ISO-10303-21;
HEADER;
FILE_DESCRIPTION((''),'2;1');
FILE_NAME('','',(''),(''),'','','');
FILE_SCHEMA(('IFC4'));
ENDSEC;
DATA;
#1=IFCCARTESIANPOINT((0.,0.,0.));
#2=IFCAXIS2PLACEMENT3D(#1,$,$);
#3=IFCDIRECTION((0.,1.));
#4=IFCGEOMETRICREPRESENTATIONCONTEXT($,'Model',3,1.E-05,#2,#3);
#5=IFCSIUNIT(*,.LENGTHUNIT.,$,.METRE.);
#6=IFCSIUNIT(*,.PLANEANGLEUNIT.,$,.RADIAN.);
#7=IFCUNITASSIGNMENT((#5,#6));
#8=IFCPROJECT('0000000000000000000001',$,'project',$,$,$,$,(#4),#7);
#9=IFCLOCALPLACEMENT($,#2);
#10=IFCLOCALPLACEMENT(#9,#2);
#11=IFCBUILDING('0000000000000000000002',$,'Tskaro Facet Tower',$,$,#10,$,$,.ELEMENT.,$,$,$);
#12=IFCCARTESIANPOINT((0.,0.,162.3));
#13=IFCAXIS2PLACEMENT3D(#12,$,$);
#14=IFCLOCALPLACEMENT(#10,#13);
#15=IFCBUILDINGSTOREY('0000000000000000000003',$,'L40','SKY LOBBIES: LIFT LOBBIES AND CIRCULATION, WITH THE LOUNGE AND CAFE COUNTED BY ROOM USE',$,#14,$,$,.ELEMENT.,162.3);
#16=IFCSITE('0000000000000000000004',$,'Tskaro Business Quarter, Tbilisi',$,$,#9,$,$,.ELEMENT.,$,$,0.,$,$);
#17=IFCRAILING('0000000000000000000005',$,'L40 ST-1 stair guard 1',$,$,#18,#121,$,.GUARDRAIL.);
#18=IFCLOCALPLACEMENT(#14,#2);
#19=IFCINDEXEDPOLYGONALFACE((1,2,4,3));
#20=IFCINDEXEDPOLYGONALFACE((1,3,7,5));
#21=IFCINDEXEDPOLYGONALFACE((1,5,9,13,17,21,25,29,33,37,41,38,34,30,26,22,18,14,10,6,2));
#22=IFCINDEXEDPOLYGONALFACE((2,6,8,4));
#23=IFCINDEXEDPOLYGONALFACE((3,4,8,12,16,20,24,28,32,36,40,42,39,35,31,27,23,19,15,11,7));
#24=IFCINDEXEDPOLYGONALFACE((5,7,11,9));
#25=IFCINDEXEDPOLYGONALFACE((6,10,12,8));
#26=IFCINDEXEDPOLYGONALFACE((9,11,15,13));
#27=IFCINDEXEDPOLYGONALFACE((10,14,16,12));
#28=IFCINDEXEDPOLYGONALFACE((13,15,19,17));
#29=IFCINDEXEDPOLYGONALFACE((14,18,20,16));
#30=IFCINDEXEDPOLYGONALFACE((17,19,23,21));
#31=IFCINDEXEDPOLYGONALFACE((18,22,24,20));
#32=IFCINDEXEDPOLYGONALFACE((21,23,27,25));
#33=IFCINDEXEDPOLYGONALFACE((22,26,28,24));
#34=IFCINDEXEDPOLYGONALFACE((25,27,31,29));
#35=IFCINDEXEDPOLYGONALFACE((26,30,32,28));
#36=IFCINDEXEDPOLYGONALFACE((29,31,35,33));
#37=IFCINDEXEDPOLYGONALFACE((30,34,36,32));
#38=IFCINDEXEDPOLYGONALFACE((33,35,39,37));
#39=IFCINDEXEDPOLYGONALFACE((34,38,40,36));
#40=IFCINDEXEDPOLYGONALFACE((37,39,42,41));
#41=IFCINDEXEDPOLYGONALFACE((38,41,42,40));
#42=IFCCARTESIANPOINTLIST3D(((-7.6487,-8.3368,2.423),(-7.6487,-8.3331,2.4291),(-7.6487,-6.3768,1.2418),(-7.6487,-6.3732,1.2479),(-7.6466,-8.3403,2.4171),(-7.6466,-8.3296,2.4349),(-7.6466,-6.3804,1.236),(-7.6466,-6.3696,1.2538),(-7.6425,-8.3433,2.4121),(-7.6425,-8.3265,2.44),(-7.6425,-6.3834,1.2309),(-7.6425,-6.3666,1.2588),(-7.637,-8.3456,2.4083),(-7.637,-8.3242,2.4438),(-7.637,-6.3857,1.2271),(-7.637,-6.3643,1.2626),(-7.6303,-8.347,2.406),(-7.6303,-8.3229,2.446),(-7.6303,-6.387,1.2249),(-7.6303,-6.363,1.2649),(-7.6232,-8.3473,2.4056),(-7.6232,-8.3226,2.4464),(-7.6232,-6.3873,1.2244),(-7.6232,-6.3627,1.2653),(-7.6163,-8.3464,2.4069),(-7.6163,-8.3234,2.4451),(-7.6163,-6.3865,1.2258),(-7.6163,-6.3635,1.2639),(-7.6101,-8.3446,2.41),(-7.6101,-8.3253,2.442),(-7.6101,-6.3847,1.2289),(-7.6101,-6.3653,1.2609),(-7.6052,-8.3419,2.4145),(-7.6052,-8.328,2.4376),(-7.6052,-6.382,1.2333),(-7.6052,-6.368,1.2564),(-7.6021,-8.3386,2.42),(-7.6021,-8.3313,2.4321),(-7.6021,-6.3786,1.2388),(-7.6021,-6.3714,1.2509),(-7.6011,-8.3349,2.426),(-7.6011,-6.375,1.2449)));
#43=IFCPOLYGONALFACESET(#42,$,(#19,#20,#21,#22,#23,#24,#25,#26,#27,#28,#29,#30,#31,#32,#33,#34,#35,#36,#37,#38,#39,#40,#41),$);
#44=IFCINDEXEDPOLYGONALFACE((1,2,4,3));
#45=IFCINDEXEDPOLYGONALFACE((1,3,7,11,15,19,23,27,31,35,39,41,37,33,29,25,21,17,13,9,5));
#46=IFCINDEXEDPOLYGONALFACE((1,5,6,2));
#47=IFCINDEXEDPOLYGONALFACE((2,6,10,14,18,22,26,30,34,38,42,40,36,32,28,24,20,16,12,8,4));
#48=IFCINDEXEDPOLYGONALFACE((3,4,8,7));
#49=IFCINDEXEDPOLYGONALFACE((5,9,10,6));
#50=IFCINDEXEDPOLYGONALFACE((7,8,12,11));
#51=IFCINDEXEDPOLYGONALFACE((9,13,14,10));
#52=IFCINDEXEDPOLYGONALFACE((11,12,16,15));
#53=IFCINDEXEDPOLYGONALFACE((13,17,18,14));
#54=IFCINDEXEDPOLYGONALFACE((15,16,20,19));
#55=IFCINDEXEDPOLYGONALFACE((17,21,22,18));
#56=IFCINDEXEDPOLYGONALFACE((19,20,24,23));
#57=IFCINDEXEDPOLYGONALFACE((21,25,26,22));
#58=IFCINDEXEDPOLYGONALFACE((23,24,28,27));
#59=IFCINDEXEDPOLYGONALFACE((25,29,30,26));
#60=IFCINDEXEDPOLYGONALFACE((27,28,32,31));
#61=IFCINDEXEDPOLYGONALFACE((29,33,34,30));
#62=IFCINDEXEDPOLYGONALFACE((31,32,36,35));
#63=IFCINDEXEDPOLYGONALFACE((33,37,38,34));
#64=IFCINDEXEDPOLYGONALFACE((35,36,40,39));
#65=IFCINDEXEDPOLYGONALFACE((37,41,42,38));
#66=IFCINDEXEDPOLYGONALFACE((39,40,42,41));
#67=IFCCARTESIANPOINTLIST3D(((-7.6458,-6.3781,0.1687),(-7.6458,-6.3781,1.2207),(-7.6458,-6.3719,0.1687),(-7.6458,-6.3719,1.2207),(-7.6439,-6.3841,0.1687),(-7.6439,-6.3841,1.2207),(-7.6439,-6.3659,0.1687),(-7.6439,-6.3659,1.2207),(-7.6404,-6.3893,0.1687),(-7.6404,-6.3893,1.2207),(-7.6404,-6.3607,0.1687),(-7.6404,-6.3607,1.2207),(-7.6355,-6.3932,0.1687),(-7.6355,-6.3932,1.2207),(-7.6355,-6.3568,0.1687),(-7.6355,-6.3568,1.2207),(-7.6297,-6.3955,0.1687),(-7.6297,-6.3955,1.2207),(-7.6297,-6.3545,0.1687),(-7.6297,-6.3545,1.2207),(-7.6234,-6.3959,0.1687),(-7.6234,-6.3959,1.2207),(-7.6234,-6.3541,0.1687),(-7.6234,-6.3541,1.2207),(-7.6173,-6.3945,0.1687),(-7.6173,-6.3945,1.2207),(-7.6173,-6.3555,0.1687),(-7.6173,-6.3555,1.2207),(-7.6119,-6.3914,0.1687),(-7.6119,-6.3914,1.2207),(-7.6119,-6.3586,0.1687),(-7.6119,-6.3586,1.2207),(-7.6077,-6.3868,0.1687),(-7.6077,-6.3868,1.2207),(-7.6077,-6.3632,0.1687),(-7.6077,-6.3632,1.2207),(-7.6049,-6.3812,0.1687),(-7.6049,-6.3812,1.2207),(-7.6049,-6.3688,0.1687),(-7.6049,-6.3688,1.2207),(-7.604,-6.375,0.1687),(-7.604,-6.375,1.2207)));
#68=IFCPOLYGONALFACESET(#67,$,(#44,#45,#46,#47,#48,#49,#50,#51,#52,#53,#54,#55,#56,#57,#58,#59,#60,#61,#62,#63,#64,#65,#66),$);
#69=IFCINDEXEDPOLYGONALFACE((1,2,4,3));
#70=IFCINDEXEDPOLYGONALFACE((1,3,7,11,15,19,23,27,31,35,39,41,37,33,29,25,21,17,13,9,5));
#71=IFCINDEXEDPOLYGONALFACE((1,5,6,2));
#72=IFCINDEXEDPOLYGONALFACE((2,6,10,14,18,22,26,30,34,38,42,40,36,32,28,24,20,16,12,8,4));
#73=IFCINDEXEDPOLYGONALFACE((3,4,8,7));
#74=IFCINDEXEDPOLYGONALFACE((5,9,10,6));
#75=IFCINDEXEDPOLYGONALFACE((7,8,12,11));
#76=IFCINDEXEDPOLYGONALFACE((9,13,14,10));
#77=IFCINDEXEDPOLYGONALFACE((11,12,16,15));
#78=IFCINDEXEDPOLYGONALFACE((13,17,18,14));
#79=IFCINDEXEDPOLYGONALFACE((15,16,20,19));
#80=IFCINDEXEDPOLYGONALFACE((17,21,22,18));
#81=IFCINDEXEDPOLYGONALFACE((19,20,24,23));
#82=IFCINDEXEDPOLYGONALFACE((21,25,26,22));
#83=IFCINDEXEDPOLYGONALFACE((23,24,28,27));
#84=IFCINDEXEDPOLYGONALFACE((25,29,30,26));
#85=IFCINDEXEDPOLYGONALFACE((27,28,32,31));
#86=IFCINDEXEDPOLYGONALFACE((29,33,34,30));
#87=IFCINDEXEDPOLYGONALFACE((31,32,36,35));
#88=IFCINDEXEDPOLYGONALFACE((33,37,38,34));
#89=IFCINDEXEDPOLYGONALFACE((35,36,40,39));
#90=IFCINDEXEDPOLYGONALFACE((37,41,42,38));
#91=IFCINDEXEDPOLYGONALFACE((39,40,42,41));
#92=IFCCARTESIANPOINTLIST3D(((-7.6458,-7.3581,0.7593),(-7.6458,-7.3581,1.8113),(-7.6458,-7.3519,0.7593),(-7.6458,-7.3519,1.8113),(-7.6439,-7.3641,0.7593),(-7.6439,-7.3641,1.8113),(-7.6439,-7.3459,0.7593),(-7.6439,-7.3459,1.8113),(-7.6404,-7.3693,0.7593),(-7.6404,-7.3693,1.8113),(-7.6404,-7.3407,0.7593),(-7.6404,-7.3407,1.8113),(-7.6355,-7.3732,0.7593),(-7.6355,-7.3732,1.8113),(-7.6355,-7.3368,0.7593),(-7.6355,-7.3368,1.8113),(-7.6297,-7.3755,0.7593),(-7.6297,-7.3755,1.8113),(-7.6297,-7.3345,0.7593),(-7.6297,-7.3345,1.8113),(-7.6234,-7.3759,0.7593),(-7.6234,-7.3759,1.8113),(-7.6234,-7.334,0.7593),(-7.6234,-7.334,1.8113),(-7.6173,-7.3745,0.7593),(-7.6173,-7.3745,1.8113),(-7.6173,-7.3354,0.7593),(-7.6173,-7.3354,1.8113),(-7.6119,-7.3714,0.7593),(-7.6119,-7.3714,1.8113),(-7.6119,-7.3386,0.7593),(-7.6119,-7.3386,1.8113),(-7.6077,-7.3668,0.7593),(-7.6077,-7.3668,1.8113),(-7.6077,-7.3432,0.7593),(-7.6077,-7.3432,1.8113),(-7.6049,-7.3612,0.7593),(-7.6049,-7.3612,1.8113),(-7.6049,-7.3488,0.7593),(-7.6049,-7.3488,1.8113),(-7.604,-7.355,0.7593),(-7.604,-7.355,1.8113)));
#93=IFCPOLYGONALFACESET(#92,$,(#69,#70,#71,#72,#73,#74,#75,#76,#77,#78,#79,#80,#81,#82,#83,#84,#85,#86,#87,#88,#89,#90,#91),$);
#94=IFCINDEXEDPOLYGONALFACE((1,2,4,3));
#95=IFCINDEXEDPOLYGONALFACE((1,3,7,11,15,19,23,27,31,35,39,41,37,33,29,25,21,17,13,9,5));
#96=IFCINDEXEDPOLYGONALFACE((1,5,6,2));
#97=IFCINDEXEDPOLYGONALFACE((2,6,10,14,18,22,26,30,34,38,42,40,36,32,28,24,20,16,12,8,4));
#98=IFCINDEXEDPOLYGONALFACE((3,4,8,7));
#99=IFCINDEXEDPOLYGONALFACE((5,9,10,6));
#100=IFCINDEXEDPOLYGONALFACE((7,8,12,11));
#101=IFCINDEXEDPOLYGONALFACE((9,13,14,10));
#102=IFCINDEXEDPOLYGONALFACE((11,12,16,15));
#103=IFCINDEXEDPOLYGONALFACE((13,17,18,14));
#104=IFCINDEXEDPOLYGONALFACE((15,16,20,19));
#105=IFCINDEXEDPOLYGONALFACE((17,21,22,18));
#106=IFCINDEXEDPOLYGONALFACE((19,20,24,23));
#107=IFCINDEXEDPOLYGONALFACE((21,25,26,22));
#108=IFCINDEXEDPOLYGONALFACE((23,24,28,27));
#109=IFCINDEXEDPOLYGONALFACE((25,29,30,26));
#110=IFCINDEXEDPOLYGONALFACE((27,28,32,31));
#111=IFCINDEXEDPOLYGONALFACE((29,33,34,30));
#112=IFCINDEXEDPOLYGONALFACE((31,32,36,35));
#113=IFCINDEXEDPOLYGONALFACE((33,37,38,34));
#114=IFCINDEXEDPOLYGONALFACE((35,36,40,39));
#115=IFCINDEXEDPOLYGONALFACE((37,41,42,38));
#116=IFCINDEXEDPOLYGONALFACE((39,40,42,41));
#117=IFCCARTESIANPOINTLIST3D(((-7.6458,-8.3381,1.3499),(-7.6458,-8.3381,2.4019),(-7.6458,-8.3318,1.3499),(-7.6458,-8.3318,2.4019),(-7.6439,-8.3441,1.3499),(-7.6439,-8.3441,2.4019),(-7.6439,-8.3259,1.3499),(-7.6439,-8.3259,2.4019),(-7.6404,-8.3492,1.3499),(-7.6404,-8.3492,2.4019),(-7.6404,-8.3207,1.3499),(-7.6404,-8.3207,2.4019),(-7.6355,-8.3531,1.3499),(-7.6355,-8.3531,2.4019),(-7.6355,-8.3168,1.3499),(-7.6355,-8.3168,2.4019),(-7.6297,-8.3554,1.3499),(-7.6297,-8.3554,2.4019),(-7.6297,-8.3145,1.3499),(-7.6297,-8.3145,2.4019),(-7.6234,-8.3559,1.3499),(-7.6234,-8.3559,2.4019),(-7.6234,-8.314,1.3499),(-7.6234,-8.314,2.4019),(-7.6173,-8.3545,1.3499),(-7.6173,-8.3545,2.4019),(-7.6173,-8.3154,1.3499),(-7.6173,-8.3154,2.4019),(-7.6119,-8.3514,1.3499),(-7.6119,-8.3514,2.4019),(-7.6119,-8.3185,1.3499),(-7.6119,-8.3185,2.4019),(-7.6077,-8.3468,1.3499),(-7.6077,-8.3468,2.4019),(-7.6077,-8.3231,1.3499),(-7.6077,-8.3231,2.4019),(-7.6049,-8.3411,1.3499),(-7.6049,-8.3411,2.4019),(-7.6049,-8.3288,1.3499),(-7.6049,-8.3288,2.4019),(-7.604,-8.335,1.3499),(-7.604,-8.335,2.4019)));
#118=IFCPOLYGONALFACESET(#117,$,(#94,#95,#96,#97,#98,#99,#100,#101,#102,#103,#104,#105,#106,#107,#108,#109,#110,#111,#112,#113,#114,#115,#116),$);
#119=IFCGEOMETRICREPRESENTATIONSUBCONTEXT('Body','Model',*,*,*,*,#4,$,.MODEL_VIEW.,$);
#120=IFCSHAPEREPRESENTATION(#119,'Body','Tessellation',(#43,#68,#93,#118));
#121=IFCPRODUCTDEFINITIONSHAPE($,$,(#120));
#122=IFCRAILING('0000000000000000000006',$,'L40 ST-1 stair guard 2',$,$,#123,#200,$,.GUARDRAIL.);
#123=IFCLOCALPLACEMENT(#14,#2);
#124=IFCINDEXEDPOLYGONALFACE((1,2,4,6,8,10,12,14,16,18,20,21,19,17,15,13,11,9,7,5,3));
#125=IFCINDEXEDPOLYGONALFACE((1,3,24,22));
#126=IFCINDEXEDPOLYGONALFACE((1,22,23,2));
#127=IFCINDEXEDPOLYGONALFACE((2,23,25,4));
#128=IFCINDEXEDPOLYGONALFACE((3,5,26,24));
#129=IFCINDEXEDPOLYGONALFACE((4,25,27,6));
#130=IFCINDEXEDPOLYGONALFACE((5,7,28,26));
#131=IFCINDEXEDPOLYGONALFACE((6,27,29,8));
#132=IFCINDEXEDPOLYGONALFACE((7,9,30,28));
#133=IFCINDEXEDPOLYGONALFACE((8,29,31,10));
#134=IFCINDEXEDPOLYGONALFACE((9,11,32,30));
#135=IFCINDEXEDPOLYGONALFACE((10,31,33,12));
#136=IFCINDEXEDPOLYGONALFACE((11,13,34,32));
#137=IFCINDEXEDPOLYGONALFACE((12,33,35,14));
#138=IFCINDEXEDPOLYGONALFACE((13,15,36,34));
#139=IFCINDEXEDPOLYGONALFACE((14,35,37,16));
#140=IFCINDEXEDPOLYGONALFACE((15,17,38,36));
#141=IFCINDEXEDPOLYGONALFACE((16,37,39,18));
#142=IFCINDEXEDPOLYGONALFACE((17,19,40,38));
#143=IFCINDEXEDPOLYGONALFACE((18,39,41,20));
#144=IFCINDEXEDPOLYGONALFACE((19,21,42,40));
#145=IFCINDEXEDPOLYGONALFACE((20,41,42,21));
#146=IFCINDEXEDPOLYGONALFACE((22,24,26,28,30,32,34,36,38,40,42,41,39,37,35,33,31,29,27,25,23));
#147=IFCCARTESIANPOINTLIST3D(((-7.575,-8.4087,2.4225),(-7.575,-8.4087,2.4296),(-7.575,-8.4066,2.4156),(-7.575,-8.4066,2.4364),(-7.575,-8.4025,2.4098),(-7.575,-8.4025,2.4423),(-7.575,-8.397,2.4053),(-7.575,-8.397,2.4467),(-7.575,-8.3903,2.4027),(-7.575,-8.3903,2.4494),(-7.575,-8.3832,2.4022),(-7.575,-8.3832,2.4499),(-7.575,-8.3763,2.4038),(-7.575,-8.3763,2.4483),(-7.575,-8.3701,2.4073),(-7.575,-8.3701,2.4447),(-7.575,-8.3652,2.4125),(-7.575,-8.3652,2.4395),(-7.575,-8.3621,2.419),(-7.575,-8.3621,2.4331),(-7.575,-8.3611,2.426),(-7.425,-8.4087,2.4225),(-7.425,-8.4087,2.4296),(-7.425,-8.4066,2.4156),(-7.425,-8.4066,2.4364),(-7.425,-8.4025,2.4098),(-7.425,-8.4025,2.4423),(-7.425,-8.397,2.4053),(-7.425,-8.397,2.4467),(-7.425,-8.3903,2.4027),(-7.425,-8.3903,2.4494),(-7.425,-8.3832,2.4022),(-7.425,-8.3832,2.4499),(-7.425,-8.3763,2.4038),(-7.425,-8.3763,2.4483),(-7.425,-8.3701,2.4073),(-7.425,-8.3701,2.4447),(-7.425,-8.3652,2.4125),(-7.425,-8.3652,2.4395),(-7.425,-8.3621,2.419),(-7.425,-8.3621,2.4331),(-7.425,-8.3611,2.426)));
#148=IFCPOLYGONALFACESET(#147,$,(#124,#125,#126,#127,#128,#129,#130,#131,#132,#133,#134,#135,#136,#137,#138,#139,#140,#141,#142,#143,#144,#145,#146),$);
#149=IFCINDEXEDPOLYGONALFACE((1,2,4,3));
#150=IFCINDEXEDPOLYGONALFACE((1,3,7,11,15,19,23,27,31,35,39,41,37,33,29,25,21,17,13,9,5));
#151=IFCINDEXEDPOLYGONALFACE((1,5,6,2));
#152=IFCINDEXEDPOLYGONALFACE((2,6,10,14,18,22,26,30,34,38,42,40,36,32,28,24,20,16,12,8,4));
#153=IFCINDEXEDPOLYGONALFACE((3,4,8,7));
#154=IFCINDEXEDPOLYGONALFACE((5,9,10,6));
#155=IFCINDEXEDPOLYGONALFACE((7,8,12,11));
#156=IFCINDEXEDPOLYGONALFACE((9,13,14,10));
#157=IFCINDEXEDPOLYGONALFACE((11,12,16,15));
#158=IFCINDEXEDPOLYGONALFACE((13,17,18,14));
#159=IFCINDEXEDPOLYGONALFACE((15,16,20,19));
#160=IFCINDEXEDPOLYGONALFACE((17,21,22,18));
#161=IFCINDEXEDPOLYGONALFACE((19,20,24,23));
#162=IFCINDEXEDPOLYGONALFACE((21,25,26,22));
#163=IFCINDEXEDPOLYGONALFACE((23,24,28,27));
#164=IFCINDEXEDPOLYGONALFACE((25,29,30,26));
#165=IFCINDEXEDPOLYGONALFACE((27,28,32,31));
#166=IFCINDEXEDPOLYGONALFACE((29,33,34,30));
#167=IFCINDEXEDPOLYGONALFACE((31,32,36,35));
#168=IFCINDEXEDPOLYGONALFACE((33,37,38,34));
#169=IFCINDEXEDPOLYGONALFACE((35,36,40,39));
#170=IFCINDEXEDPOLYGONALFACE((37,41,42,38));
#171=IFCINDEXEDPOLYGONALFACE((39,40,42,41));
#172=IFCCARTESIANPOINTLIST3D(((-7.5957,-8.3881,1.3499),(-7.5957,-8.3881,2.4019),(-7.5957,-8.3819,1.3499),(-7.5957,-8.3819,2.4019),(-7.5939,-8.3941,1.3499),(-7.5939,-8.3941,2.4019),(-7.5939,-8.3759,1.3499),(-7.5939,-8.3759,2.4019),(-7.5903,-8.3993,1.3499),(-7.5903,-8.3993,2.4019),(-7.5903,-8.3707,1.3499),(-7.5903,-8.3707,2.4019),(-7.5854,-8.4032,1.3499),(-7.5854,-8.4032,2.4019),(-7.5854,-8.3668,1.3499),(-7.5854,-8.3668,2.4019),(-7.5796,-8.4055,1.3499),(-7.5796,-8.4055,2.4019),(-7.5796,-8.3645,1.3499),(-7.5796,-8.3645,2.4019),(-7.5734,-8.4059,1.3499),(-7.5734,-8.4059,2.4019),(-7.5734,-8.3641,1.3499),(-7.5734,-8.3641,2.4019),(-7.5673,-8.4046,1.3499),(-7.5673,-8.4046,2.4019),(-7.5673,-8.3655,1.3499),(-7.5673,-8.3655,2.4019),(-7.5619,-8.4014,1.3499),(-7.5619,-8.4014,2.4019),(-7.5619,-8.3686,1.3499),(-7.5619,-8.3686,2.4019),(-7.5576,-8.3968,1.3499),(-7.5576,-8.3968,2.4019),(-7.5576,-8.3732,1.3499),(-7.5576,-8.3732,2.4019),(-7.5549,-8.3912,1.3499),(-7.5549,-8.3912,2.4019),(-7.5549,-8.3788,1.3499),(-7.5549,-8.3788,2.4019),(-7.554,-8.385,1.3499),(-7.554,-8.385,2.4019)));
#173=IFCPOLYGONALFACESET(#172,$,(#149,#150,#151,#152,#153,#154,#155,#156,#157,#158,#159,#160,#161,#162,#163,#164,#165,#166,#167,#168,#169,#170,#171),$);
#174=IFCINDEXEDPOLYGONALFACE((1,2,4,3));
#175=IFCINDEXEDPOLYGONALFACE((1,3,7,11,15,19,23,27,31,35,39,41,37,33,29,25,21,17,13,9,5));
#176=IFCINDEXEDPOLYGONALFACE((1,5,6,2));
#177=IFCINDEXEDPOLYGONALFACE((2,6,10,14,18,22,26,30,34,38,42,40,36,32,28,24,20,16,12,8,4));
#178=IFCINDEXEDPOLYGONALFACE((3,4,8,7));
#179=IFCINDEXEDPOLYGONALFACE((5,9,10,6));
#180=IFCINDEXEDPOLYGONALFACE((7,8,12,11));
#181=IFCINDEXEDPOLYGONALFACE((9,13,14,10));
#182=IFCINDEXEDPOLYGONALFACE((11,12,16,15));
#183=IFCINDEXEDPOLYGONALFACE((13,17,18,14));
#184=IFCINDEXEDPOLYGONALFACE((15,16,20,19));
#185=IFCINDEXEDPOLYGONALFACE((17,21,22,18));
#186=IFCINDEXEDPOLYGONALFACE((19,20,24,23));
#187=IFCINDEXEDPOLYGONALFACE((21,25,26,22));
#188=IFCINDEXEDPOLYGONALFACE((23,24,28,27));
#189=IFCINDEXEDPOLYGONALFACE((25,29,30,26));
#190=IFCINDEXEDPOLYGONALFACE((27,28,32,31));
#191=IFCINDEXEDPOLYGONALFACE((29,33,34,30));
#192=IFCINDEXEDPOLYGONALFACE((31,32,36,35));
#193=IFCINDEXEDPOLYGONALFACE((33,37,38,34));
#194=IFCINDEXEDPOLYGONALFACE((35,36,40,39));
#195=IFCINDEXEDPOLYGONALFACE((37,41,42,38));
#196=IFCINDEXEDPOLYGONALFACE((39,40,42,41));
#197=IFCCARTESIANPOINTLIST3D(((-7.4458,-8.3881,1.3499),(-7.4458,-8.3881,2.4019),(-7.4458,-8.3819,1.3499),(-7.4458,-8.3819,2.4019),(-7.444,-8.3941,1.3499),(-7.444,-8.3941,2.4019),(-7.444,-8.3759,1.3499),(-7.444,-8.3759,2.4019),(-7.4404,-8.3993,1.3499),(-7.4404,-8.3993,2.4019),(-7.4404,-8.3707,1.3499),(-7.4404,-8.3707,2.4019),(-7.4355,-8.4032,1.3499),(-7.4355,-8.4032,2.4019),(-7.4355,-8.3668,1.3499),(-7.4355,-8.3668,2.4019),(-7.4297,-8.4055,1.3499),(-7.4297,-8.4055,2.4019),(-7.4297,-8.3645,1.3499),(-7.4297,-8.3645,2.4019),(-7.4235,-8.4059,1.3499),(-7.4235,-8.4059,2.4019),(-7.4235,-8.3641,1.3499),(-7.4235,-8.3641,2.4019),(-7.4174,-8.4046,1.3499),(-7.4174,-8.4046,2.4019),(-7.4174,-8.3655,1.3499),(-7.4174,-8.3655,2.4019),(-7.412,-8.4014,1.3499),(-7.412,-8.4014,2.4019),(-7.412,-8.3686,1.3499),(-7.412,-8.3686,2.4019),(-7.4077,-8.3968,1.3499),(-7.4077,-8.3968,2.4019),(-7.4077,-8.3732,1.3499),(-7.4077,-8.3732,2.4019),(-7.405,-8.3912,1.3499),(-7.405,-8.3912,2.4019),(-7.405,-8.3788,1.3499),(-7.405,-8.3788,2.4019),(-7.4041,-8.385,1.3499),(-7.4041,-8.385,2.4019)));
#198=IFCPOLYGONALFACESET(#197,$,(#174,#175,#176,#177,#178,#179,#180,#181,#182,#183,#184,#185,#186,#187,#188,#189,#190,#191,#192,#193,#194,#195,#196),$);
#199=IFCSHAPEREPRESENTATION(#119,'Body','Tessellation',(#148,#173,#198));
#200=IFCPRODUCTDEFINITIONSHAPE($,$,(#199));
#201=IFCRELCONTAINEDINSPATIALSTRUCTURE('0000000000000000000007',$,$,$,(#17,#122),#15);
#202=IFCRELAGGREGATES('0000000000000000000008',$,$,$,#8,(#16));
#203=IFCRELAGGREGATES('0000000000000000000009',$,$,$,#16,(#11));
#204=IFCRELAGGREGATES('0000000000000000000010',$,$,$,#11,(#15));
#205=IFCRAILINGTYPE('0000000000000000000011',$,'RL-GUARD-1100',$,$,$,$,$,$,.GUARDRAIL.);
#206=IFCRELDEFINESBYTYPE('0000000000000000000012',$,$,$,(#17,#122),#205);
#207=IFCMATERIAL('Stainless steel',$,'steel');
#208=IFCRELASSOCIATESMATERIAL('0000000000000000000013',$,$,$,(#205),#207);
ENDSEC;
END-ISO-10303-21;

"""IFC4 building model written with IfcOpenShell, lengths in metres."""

from ifc_helpers import new_model, si_unit, direction, frame, origin, origin_2d, place, context, subcontext, project, spatial, circle, extrude, material, type_object, element, save


model = new_model("IFC4")

# Units and contexts
model_context = context("Model", 3, precision=1e-05, world=origin(), true_north=direction((0.0, 1.0)))
body_context = subcontext(model_context, "Body", "Model", "MODEL_VIEW")
ifc_project = project(units=[si_unit("LENGTHUNIT", "METRE"), si_unit("PLANEANGLEUNIT", "RADIAN")], contexts=[model_context])

# Site, building, storey
site_placement = place(None, origin())
site = spatial("IfcSite", under=ifc_project, at=site_placement, Name="Tskaro Business Quarter, Tbilisi", CompositionType="ELEMENT", RefElevation=0.0)
building_placement = place(site_placement, origin())
building = spatial("IfcBuilding", under=site, at=building_placement, Name="Tskaro Facet Tower", CompositionType="ELEMENT")
storey_placement = place(building_placement, frame((0.0, 0.0, 162.3)))
storey = spatial("IfcBuildingStorey", under=building, at=storey_placement, Name="L40", Description="SKY LOBBIES: LIFT LOBBIES AND CIRCULATION, WITH THE LOUNGE AND CAFE COUNTED BY ROOM USE", CompositionType="ELEMENT", Elevation=162.3)

# Shared definitions
ifc_material_1 = material(Name="Stainless steel", Category="steel")

# Railings
railing_type_1 = type_object("IfcRailingType", Name="RL-GUARD-1100", PredefinedType="GUARDRAIL", material=ifc_material_1)
railing_1_placement = place(storey_placement, frame((-7.625, -6.375, 0.1687)))
element("IfcRailing", 1, at=railing_1_placement, inside=storey, type_object=railing_type_1, Name="L40 ST-1 stair guard 1", PredefinedType="GUARDRAIL", context=body_context, shape_type="SweptSolid", body=[
    extrude(circle(Radius=0.0239, at=origin_2d()), frame((0.0, 0.0, 1.0762), z_axis=(0.0, -0.856493, 0.516158), x_axis=(1.0, 0.0, 0.0)), (0.0, 0.0, 1.0), 2.2883),
    extrude(circle(Radius=0.021, at=origin_2d()), origin(), (0.0, 0.0, 1.0), 1.052),
    extrude(circle(Radius=0.021, at=origin_2d()), frame((0.0, -0.98, 0.5906)), (0.0, 0.0, 1.0), 1.052),
    extrude(circle(Radius=0.021, at=origin_2d()), frame((0.0, -1.96, 1.1812)), (0.0, 0.0, 1.0), 1.052),
])
railing_2_placement = place(storey_placement, frame((-7.575, -8.385, 1.3499)))
element("IfcRailing", 2, at=railing_2_placement, inside=storey, type_object=railing_type_1, Name="L40 ST-1 stair guard 2", PredefinedType="GUARDRAIL", context=body_context, shape_type="SweptSolid", body=[
    extrude(circle(Radius=0.0239, at=origin_2d()), frame((0.0, 0.0, 1.0762), z_axis=(1.0, 0.0, 0.0), x_axis=(0.0, 1.0, 0.0)), (0.0, 0.0, 1.0), 0.1499),
    extrude(circle(Radius=0.021, at=origin_2d()), origin(), (0.0, 0.0, 1.0), 1.052),
    extrude(circle(Radius=0.021, at=origin_2d()), frame((0.1499, 0.0, 0.0)), (0.0, 0.0, 1.0), 1.052),
])

save(model, "model.ifc")
